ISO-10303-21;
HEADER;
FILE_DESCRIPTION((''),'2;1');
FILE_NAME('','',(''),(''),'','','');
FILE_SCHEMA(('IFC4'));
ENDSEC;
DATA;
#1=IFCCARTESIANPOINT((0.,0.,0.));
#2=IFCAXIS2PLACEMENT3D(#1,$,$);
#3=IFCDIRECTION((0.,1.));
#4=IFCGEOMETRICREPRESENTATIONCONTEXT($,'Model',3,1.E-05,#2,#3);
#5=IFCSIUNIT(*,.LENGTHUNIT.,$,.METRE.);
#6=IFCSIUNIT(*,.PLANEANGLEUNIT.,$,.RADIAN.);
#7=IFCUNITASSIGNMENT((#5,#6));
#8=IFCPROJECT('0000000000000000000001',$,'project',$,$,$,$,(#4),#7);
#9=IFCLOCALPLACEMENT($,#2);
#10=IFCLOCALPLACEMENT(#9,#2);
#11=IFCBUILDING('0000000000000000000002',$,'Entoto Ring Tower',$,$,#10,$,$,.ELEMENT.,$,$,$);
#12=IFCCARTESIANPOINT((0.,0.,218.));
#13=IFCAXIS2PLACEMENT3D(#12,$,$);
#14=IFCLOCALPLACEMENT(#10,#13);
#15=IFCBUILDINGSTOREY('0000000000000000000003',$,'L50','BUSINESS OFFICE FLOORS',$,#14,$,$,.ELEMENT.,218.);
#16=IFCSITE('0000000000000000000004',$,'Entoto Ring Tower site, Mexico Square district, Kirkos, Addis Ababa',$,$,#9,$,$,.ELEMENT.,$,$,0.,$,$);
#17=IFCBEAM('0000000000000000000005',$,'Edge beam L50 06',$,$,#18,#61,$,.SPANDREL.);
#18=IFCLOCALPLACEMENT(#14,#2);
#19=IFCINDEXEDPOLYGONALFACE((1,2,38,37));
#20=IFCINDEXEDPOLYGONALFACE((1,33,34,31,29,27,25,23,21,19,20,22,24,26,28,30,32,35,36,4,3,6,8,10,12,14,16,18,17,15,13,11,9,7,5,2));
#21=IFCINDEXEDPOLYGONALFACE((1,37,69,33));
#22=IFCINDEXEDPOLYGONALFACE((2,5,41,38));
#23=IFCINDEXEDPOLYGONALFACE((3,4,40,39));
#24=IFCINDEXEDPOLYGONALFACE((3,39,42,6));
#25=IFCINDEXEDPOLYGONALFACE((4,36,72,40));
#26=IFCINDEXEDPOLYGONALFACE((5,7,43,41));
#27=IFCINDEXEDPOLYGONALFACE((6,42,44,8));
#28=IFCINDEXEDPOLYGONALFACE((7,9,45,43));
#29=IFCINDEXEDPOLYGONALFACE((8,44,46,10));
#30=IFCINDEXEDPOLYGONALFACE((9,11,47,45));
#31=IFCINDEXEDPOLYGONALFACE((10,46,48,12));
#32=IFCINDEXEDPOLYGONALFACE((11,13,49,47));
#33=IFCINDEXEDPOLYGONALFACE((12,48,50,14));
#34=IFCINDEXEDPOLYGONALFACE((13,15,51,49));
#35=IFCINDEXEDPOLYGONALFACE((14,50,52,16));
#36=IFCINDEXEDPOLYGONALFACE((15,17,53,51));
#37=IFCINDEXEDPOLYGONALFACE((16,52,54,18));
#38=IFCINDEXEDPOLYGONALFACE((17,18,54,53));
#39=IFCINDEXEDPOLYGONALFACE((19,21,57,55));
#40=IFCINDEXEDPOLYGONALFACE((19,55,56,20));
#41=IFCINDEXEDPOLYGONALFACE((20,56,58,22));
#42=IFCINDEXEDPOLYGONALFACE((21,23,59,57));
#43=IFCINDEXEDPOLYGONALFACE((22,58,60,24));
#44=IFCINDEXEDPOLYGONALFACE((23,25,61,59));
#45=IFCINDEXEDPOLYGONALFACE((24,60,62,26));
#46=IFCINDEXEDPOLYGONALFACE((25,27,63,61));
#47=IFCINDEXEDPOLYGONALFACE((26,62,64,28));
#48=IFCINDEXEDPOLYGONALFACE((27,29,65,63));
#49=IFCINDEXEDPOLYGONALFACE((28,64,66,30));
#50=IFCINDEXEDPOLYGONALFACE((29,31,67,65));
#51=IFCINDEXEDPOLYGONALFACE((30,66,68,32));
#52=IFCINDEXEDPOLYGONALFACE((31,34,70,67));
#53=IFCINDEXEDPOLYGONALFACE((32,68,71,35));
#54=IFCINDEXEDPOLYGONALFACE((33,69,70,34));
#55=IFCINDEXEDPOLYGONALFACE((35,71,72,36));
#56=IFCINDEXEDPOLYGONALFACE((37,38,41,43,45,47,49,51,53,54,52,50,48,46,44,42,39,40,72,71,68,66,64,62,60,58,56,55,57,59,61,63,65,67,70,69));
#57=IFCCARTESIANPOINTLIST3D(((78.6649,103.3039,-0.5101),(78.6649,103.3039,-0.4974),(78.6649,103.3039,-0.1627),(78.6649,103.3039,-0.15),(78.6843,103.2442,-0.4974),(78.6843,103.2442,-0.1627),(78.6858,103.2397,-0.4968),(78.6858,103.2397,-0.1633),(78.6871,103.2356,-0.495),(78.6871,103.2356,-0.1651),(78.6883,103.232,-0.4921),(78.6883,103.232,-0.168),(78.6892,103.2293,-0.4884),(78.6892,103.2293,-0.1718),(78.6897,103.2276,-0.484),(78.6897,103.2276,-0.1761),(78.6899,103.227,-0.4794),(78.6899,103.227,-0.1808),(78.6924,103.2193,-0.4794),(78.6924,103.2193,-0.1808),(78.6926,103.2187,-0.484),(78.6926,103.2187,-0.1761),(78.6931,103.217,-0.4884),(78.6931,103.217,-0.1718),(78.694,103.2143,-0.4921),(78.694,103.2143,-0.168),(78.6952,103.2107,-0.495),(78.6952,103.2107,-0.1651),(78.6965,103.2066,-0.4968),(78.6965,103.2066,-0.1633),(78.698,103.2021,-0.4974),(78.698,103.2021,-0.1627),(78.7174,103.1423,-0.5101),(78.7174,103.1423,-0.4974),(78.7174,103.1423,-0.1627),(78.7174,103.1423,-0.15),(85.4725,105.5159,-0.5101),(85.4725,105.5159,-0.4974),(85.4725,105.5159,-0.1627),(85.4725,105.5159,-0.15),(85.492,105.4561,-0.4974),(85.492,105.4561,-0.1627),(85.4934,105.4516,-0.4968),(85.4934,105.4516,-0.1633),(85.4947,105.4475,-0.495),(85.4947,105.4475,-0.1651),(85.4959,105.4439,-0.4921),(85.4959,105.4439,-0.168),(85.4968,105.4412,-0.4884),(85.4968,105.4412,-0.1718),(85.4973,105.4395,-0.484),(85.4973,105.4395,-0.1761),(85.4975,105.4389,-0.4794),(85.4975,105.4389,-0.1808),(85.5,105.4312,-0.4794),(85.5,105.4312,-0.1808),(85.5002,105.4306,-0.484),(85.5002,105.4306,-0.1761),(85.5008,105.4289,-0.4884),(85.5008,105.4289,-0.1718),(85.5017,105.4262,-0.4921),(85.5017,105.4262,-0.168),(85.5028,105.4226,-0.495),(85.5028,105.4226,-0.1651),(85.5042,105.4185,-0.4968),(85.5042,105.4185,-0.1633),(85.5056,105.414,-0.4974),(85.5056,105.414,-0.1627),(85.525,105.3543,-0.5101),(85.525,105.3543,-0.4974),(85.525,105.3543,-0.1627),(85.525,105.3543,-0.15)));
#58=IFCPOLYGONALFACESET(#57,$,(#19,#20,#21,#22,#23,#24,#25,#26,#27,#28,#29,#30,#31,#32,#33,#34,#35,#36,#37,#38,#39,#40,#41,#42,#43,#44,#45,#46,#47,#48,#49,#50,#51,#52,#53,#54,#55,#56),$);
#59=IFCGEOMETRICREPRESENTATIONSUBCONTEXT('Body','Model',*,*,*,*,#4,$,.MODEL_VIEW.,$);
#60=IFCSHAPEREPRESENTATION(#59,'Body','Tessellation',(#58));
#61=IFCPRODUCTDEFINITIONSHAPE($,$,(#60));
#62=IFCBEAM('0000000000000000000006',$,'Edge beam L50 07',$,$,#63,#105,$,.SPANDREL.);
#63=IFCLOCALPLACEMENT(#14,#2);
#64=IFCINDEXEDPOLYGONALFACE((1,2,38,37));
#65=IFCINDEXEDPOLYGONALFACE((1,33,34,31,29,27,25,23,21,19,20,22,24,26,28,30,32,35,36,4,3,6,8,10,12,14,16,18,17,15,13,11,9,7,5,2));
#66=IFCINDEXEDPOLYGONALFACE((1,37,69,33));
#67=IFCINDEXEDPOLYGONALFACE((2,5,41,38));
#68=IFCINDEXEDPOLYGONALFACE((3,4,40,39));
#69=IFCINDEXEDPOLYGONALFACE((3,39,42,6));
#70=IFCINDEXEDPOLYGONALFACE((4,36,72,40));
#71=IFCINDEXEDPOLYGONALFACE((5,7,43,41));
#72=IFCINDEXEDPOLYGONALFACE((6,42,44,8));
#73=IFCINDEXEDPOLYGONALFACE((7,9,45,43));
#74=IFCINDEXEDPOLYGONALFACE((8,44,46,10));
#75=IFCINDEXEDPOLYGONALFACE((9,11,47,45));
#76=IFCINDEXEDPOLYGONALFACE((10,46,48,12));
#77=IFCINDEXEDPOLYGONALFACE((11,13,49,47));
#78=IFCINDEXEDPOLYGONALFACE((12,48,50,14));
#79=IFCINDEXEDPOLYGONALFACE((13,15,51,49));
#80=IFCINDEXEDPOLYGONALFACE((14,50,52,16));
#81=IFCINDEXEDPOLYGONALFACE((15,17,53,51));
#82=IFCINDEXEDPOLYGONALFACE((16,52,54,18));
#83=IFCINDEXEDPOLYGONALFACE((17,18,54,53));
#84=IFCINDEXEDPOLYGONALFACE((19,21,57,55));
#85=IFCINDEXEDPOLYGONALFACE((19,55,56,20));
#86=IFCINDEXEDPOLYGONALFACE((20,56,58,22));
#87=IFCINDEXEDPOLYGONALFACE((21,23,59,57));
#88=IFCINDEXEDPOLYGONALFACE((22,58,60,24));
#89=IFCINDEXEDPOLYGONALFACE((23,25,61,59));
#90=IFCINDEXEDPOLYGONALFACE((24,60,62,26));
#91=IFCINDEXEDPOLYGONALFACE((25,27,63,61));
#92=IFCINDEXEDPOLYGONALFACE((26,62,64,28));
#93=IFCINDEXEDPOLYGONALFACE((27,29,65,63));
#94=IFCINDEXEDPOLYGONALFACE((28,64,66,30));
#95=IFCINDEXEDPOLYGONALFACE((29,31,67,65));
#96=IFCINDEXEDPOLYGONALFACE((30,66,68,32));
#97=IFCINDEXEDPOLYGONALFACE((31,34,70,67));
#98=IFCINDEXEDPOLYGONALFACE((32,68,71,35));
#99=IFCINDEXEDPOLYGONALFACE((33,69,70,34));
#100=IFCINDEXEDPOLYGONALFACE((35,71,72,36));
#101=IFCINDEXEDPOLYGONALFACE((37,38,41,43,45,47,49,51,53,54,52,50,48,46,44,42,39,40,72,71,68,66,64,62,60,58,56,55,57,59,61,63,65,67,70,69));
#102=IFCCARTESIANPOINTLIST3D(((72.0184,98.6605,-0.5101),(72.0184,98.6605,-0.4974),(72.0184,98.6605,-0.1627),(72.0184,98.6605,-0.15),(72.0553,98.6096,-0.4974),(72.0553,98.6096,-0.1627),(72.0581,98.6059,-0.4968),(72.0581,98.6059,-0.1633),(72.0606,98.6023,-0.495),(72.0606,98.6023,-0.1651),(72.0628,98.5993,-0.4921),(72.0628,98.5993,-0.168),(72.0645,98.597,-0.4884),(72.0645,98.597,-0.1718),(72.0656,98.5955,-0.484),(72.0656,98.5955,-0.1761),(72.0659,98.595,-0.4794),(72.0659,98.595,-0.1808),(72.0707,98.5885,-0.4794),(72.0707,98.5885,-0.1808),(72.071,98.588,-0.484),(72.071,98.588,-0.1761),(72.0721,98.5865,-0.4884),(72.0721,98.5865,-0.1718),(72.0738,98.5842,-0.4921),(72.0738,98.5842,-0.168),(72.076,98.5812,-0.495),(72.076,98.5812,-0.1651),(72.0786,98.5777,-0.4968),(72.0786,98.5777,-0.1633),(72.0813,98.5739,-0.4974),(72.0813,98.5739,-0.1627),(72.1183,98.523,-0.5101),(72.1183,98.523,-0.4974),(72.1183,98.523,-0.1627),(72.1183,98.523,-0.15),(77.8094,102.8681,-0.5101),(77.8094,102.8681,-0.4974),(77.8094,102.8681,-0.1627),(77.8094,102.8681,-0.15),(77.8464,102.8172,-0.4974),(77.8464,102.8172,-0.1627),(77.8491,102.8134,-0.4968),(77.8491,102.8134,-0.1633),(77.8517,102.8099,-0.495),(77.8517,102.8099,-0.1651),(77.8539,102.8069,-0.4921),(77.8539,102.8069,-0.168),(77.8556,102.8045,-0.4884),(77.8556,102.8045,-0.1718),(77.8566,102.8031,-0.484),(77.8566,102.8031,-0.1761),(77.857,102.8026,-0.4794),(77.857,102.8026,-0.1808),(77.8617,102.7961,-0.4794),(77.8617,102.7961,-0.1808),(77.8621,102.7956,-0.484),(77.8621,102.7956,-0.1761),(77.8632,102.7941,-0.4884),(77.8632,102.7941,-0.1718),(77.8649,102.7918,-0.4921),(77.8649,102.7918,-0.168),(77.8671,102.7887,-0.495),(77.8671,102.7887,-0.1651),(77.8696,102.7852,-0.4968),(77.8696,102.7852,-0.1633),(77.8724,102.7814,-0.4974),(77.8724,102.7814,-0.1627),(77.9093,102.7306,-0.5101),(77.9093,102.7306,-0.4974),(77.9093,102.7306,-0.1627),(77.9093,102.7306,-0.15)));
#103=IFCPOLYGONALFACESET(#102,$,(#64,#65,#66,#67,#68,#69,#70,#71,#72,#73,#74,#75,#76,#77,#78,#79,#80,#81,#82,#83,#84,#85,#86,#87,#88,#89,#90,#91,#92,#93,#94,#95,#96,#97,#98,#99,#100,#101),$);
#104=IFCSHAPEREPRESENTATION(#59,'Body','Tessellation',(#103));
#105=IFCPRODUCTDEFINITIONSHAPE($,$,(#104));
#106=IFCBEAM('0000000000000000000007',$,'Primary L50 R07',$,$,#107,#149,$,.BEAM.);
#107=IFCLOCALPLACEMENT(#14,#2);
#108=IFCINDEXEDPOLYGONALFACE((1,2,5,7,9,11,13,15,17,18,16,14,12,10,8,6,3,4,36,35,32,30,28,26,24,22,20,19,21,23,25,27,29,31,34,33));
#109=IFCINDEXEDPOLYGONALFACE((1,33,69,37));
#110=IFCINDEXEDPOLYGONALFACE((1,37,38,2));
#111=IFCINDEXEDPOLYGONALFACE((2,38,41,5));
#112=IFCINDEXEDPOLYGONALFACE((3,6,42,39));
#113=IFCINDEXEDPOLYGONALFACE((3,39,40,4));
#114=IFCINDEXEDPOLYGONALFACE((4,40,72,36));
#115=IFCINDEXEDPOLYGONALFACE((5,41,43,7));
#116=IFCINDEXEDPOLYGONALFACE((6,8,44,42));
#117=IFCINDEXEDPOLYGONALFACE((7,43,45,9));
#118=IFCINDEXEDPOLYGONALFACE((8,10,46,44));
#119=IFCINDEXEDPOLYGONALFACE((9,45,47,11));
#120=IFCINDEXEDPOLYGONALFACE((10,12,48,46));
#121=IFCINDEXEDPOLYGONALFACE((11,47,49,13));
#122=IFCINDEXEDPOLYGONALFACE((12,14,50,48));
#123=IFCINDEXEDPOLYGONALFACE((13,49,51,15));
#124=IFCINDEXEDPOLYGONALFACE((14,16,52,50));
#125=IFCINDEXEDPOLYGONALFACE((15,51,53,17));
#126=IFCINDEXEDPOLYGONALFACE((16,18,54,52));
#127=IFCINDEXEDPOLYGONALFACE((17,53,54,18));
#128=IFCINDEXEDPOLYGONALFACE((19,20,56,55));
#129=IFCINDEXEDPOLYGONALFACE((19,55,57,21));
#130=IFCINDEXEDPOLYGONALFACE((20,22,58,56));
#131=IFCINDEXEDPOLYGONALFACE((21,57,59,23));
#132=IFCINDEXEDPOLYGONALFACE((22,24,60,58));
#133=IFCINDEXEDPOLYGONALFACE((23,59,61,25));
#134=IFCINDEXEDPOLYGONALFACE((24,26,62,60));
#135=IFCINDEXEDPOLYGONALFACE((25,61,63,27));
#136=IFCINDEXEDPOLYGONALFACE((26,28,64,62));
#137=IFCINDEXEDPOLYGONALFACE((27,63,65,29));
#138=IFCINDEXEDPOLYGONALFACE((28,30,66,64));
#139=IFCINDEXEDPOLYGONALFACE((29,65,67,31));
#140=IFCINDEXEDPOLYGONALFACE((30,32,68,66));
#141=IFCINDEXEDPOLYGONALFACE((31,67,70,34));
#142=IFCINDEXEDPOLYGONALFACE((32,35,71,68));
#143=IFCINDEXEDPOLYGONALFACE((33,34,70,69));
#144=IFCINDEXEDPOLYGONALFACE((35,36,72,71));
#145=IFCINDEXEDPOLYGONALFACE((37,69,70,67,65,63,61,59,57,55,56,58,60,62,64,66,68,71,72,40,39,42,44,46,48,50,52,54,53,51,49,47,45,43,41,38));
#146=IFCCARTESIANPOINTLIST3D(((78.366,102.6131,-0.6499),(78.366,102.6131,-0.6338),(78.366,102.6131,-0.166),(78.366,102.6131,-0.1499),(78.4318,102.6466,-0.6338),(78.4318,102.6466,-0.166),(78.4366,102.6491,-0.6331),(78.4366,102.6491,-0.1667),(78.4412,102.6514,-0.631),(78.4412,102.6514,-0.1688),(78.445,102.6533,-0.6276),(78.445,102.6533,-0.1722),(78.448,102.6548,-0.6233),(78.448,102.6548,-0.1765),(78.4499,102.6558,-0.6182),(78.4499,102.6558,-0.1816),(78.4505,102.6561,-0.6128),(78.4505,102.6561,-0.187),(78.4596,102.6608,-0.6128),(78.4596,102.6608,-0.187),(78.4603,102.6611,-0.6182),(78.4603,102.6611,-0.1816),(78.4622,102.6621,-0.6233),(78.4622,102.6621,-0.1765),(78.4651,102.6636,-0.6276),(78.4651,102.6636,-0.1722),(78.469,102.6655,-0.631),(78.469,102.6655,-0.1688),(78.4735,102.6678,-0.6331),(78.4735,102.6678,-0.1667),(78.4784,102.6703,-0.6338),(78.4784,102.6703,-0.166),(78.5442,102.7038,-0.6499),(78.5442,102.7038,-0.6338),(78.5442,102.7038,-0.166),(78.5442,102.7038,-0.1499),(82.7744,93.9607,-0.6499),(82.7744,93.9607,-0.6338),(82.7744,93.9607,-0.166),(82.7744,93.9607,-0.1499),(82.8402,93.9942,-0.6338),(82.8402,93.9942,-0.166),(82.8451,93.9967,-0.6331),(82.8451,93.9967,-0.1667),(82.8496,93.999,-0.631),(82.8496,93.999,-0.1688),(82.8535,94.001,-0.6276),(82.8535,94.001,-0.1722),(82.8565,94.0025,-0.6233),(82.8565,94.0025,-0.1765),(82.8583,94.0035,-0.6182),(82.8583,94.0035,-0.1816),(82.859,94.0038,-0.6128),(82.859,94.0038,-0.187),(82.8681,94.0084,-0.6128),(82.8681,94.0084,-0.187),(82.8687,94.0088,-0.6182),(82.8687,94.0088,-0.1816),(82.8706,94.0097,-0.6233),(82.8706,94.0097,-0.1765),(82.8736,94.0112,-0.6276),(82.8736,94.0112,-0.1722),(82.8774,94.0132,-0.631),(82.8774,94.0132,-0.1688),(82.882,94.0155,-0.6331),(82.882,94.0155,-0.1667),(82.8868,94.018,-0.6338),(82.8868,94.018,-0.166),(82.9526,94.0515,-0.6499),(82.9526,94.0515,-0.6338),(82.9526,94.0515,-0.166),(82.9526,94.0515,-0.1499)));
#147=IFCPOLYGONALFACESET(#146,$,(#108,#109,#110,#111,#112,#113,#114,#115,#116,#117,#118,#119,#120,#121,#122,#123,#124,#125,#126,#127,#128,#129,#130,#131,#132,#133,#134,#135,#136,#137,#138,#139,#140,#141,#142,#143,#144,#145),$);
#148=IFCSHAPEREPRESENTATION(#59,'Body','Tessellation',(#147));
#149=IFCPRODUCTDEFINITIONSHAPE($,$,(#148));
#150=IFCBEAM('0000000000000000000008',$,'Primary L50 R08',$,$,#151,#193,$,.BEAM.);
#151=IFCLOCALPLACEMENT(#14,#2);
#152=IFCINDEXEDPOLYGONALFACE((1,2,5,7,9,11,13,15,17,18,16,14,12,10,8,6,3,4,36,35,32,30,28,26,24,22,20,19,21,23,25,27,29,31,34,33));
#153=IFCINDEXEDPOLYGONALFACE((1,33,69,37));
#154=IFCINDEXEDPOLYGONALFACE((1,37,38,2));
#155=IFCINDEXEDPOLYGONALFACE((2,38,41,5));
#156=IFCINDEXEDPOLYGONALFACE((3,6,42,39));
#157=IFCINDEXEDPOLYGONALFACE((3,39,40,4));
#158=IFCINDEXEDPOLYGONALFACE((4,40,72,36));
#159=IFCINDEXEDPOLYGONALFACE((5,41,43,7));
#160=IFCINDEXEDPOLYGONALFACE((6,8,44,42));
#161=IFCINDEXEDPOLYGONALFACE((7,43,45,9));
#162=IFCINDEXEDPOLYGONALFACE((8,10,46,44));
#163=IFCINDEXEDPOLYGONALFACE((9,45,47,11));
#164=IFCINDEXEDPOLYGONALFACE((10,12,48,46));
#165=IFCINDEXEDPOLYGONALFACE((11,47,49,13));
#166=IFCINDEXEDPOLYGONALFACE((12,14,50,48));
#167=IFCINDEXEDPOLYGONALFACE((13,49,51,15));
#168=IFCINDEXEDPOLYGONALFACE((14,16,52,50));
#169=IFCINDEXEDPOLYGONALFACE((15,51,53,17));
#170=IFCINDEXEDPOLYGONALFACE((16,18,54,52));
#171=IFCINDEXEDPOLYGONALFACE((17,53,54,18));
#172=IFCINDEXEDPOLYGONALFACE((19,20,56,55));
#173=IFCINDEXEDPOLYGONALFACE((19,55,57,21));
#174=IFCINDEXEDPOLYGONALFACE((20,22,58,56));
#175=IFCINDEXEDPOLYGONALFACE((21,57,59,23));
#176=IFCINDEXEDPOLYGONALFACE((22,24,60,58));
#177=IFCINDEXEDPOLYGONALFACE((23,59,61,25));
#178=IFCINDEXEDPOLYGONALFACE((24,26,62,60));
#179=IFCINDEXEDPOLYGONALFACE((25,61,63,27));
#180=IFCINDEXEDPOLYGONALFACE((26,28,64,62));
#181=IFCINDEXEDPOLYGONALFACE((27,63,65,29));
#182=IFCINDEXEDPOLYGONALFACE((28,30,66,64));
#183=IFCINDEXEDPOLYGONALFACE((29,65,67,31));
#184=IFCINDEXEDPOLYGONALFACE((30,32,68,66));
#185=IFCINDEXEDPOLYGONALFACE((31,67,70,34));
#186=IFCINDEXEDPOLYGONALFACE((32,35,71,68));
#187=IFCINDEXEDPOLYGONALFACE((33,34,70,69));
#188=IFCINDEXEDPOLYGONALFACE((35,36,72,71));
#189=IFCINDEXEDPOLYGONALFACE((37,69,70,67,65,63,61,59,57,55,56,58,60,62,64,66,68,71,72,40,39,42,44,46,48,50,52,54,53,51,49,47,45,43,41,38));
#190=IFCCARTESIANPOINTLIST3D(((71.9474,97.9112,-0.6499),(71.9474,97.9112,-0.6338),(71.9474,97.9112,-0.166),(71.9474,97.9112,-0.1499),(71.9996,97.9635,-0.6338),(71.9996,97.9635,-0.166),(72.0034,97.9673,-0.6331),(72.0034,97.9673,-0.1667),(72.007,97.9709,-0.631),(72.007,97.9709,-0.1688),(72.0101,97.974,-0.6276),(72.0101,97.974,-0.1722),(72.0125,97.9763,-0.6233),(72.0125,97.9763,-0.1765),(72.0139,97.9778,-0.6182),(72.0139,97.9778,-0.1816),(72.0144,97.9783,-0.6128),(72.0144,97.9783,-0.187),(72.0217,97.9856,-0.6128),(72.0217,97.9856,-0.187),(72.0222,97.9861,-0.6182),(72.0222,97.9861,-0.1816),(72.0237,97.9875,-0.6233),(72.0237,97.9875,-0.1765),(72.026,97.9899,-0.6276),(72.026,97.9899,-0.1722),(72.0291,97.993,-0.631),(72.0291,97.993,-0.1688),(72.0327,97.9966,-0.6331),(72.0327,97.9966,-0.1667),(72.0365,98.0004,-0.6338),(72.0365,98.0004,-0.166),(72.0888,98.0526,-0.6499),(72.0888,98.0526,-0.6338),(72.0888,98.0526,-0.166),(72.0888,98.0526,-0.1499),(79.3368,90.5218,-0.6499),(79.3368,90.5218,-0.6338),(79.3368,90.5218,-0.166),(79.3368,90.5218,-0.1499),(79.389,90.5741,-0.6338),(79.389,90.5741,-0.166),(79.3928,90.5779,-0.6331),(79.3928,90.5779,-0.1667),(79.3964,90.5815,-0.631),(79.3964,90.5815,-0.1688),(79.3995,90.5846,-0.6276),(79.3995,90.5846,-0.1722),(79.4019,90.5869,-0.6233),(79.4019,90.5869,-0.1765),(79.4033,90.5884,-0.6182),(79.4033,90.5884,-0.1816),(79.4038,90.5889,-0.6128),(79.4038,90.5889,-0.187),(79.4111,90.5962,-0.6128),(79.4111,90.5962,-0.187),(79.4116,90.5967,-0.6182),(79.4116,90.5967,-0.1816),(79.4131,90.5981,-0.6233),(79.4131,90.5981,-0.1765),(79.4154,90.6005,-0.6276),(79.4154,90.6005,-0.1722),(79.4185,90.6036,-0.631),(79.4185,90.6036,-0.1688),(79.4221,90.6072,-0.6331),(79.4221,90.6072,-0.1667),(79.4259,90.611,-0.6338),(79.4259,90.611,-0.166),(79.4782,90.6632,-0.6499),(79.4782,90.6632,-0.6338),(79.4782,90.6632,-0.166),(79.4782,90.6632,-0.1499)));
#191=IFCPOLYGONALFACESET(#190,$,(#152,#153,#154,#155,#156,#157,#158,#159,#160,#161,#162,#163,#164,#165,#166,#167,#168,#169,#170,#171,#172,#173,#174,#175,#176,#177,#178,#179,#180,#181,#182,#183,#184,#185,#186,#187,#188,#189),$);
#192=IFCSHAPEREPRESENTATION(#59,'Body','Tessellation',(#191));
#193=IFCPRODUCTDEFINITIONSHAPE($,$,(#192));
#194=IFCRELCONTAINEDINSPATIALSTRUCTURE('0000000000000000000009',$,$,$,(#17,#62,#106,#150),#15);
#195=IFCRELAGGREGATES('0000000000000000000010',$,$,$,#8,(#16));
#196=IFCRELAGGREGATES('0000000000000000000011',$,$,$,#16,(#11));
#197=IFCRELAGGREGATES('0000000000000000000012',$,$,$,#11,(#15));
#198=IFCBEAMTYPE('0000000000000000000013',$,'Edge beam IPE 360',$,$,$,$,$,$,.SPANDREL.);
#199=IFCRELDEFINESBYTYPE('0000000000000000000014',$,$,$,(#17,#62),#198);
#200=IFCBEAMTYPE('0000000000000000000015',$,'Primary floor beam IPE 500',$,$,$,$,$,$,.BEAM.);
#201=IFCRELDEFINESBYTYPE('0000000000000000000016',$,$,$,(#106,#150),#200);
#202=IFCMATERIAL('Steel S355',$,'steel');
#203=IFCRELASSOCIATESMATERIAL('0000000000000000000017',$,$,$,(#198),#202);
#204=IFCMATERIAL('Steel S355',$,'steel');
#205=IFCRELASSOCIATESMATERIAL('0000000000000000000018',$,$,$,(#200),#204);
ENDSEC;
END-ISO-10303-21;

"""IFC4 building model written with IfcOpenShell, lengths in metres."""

from ifc_helpers import new_model, si_unit, direction, frame, origin, origin_2d, place, context, subcontext, project, spatial, i_section, extrude, material, material_profile, profile_set, type_object, element, save


model = new_model("IFC4")

# Units and contexts
model_context = context("Model", 3, precision=1e-05, world=origin(), true_north=direction((0.0, 1.0)))
body_context = subcontext(model_context, "Body", "Model", "MODEL_VIEW")
ifc_project = project(units=[si_unit("LENGTHUNIT", "METRE"), si_unit("PLANEANGLEUNIT", "RADIAN")], contexts=[model_context])

# Site, building, storey
site_placement = place(None, origin())
site = spatial("IfcSite", under=ifc_project, at=site_placement, Name="Entoto Ring Tower site, Mexico Square district, Kirkos, Addis Ababa", CompositionType="ELEMENT", RefElevation=0.0)
building_placement = place(site_placement, origin())
building = spatial("IfcBuilding", under=site, at=building_placement, Name="Entoto Ring Tower", CompositionType="ELEMENT")
storey_placement = place(building_placement, frame((0.0, 0.0, 218.0)))
storey = spatial("IfcBuildingStorey", under=building, at=storey_placement, Name="L50", Description="BUSINESS OFFICE FLOORS", CompositionType="ELEMENT", Elevation=218.0)

# Beams
ifc_material_1 = material(Name="Steel S355", Category="steel")
ifc_material_profile_1 = material_profile(ifc_material_1, i_section(OverallWidth=0.1699, OverallDepth=0.3601, WebThickness=0.0081, FlangeThickness=0.0127, FilletRadius=0.0181, at=origin_2d()), Name="IPE 360")
ifc_profile_set_1 = profile_set([ifc_material_profile_1], Name="Steel S355")
beam_type_1 = type_object("IfcBeamType", Name="Edge beam IPE 360", PredefinedType="SPANDREL", material=ifc_profile_set_1)
beam_1_placement = place(storey_placement, frame((85.4988, 105.4351, -0.3301), z_axis=(-0.951057, -0.309015, 0.0), x_axis=(0.309015, -0.951057, 0.0)))
element("IfcBeam", 1, at=beam_1_placement, inside=storey, type_object=beam_type_1, Name="Edge beam L50 06", PredefinedType="SPANDREL", context=body_context, shape_type="SweptSolid", body=[
    extrude(i_section(OverallWidth=0.1699, OverallDepth=0.3601, WebThickness=0.0081, FlangeThickness=0.0127, FilletRadius=0.0181, at=origin_2d()), origin(), (0.0, 0.0, 1.0), 7.158),
])
beam_2_placement = place(storey_placement, frame((77.8594, 102.7993, -0.3301), z_axis=(-0.80901, -0.587794, 0.0), x_axis=(0.587794, -0.80901, 0.0)))
element("IfcBeam", 2, at=beam_2_placement, inside=storey, type_object=beam_type_1, Name="Edge beam L50 07", PredefinedType="SPANDREL", context=body_context, shape_type="SweptSolid", body=[
    extrude(i_section(OverallWidth=0.1699, OverallDepth=0.3601, WebThickness=0.0081, FlangeThickness=0.0127, FilletRadius=0.0181, at=origin_2d()), origin(), (0.0, 0.0, 1.0), 7.1582),
])
ifc_material_2 = material(Name="Steel S355", Category="steel")
ifc_material_profile_2 = material_profile(ifc_material_2, i_section(OverallWidth=0.2, OverallDepth=0.5, WebThickness=0.0103, FlangeThickness=0.0161, FilletRadius=0.021, at=origin_2d()), Name="IPE 500")
ifc_profile_set_2 = profile_set([ifc_material_profile_2], Name="Steel S355")
beam_type_2 = type_object("IfcBeamType", Name="Primary floor beam IPE 500", PredefinedType="BEAM", material=ifc_profile_set_2)
beam_3_placement = place(storey_placement, frame((82.8635, 94.0061, -0.3999), z_axis=(-0.453979, 0.891012, 0.0), x_axis=(-0.891012, -0.453979, 0.0)))
element("IfcBeam", 3, at=beam_3_placement, inside=storey, type_object=beam_type_2, Name="Primary L50 R07", PredefinedType="BEAM", context=body_context, shape_type="SweptSolid", body=[
    extrude(i_section(OverallWidth=0.2, OverallDepth=0.5, WebThickness=0.0103, FlangeThickness=0.0161, FilletRadius=0.021, at=origin_2d()), origin(), (0.0, 0.0, 1.0), 9.7107),
])
beam_4_placement = place(storey_placement, frame((79.4075, 90.5925, -0.3999), z_axis=(-0.707107, 0.707107, 0.0), x_axis=(-0.707107, -0.707107, 0.0)))
element("IfcBeam", 4, at=beam_4_placement, inside=storey, type_object=beam_type_2, Name="Primary L50 R08", PredefinedType="BEAM", context=body_context, shape_type="SweptSolid", body=[
    extrude(i_section(OverallWidth=0.2, OverallDepth=0.5, WebThickness=0.0103, FlangeThickness=0.0161, FilletRadius=0.021, at=origin_2d()), origin(), (0.0, 0.0, 1.0), 10.4502),
])

save(model, "model.ifc")
